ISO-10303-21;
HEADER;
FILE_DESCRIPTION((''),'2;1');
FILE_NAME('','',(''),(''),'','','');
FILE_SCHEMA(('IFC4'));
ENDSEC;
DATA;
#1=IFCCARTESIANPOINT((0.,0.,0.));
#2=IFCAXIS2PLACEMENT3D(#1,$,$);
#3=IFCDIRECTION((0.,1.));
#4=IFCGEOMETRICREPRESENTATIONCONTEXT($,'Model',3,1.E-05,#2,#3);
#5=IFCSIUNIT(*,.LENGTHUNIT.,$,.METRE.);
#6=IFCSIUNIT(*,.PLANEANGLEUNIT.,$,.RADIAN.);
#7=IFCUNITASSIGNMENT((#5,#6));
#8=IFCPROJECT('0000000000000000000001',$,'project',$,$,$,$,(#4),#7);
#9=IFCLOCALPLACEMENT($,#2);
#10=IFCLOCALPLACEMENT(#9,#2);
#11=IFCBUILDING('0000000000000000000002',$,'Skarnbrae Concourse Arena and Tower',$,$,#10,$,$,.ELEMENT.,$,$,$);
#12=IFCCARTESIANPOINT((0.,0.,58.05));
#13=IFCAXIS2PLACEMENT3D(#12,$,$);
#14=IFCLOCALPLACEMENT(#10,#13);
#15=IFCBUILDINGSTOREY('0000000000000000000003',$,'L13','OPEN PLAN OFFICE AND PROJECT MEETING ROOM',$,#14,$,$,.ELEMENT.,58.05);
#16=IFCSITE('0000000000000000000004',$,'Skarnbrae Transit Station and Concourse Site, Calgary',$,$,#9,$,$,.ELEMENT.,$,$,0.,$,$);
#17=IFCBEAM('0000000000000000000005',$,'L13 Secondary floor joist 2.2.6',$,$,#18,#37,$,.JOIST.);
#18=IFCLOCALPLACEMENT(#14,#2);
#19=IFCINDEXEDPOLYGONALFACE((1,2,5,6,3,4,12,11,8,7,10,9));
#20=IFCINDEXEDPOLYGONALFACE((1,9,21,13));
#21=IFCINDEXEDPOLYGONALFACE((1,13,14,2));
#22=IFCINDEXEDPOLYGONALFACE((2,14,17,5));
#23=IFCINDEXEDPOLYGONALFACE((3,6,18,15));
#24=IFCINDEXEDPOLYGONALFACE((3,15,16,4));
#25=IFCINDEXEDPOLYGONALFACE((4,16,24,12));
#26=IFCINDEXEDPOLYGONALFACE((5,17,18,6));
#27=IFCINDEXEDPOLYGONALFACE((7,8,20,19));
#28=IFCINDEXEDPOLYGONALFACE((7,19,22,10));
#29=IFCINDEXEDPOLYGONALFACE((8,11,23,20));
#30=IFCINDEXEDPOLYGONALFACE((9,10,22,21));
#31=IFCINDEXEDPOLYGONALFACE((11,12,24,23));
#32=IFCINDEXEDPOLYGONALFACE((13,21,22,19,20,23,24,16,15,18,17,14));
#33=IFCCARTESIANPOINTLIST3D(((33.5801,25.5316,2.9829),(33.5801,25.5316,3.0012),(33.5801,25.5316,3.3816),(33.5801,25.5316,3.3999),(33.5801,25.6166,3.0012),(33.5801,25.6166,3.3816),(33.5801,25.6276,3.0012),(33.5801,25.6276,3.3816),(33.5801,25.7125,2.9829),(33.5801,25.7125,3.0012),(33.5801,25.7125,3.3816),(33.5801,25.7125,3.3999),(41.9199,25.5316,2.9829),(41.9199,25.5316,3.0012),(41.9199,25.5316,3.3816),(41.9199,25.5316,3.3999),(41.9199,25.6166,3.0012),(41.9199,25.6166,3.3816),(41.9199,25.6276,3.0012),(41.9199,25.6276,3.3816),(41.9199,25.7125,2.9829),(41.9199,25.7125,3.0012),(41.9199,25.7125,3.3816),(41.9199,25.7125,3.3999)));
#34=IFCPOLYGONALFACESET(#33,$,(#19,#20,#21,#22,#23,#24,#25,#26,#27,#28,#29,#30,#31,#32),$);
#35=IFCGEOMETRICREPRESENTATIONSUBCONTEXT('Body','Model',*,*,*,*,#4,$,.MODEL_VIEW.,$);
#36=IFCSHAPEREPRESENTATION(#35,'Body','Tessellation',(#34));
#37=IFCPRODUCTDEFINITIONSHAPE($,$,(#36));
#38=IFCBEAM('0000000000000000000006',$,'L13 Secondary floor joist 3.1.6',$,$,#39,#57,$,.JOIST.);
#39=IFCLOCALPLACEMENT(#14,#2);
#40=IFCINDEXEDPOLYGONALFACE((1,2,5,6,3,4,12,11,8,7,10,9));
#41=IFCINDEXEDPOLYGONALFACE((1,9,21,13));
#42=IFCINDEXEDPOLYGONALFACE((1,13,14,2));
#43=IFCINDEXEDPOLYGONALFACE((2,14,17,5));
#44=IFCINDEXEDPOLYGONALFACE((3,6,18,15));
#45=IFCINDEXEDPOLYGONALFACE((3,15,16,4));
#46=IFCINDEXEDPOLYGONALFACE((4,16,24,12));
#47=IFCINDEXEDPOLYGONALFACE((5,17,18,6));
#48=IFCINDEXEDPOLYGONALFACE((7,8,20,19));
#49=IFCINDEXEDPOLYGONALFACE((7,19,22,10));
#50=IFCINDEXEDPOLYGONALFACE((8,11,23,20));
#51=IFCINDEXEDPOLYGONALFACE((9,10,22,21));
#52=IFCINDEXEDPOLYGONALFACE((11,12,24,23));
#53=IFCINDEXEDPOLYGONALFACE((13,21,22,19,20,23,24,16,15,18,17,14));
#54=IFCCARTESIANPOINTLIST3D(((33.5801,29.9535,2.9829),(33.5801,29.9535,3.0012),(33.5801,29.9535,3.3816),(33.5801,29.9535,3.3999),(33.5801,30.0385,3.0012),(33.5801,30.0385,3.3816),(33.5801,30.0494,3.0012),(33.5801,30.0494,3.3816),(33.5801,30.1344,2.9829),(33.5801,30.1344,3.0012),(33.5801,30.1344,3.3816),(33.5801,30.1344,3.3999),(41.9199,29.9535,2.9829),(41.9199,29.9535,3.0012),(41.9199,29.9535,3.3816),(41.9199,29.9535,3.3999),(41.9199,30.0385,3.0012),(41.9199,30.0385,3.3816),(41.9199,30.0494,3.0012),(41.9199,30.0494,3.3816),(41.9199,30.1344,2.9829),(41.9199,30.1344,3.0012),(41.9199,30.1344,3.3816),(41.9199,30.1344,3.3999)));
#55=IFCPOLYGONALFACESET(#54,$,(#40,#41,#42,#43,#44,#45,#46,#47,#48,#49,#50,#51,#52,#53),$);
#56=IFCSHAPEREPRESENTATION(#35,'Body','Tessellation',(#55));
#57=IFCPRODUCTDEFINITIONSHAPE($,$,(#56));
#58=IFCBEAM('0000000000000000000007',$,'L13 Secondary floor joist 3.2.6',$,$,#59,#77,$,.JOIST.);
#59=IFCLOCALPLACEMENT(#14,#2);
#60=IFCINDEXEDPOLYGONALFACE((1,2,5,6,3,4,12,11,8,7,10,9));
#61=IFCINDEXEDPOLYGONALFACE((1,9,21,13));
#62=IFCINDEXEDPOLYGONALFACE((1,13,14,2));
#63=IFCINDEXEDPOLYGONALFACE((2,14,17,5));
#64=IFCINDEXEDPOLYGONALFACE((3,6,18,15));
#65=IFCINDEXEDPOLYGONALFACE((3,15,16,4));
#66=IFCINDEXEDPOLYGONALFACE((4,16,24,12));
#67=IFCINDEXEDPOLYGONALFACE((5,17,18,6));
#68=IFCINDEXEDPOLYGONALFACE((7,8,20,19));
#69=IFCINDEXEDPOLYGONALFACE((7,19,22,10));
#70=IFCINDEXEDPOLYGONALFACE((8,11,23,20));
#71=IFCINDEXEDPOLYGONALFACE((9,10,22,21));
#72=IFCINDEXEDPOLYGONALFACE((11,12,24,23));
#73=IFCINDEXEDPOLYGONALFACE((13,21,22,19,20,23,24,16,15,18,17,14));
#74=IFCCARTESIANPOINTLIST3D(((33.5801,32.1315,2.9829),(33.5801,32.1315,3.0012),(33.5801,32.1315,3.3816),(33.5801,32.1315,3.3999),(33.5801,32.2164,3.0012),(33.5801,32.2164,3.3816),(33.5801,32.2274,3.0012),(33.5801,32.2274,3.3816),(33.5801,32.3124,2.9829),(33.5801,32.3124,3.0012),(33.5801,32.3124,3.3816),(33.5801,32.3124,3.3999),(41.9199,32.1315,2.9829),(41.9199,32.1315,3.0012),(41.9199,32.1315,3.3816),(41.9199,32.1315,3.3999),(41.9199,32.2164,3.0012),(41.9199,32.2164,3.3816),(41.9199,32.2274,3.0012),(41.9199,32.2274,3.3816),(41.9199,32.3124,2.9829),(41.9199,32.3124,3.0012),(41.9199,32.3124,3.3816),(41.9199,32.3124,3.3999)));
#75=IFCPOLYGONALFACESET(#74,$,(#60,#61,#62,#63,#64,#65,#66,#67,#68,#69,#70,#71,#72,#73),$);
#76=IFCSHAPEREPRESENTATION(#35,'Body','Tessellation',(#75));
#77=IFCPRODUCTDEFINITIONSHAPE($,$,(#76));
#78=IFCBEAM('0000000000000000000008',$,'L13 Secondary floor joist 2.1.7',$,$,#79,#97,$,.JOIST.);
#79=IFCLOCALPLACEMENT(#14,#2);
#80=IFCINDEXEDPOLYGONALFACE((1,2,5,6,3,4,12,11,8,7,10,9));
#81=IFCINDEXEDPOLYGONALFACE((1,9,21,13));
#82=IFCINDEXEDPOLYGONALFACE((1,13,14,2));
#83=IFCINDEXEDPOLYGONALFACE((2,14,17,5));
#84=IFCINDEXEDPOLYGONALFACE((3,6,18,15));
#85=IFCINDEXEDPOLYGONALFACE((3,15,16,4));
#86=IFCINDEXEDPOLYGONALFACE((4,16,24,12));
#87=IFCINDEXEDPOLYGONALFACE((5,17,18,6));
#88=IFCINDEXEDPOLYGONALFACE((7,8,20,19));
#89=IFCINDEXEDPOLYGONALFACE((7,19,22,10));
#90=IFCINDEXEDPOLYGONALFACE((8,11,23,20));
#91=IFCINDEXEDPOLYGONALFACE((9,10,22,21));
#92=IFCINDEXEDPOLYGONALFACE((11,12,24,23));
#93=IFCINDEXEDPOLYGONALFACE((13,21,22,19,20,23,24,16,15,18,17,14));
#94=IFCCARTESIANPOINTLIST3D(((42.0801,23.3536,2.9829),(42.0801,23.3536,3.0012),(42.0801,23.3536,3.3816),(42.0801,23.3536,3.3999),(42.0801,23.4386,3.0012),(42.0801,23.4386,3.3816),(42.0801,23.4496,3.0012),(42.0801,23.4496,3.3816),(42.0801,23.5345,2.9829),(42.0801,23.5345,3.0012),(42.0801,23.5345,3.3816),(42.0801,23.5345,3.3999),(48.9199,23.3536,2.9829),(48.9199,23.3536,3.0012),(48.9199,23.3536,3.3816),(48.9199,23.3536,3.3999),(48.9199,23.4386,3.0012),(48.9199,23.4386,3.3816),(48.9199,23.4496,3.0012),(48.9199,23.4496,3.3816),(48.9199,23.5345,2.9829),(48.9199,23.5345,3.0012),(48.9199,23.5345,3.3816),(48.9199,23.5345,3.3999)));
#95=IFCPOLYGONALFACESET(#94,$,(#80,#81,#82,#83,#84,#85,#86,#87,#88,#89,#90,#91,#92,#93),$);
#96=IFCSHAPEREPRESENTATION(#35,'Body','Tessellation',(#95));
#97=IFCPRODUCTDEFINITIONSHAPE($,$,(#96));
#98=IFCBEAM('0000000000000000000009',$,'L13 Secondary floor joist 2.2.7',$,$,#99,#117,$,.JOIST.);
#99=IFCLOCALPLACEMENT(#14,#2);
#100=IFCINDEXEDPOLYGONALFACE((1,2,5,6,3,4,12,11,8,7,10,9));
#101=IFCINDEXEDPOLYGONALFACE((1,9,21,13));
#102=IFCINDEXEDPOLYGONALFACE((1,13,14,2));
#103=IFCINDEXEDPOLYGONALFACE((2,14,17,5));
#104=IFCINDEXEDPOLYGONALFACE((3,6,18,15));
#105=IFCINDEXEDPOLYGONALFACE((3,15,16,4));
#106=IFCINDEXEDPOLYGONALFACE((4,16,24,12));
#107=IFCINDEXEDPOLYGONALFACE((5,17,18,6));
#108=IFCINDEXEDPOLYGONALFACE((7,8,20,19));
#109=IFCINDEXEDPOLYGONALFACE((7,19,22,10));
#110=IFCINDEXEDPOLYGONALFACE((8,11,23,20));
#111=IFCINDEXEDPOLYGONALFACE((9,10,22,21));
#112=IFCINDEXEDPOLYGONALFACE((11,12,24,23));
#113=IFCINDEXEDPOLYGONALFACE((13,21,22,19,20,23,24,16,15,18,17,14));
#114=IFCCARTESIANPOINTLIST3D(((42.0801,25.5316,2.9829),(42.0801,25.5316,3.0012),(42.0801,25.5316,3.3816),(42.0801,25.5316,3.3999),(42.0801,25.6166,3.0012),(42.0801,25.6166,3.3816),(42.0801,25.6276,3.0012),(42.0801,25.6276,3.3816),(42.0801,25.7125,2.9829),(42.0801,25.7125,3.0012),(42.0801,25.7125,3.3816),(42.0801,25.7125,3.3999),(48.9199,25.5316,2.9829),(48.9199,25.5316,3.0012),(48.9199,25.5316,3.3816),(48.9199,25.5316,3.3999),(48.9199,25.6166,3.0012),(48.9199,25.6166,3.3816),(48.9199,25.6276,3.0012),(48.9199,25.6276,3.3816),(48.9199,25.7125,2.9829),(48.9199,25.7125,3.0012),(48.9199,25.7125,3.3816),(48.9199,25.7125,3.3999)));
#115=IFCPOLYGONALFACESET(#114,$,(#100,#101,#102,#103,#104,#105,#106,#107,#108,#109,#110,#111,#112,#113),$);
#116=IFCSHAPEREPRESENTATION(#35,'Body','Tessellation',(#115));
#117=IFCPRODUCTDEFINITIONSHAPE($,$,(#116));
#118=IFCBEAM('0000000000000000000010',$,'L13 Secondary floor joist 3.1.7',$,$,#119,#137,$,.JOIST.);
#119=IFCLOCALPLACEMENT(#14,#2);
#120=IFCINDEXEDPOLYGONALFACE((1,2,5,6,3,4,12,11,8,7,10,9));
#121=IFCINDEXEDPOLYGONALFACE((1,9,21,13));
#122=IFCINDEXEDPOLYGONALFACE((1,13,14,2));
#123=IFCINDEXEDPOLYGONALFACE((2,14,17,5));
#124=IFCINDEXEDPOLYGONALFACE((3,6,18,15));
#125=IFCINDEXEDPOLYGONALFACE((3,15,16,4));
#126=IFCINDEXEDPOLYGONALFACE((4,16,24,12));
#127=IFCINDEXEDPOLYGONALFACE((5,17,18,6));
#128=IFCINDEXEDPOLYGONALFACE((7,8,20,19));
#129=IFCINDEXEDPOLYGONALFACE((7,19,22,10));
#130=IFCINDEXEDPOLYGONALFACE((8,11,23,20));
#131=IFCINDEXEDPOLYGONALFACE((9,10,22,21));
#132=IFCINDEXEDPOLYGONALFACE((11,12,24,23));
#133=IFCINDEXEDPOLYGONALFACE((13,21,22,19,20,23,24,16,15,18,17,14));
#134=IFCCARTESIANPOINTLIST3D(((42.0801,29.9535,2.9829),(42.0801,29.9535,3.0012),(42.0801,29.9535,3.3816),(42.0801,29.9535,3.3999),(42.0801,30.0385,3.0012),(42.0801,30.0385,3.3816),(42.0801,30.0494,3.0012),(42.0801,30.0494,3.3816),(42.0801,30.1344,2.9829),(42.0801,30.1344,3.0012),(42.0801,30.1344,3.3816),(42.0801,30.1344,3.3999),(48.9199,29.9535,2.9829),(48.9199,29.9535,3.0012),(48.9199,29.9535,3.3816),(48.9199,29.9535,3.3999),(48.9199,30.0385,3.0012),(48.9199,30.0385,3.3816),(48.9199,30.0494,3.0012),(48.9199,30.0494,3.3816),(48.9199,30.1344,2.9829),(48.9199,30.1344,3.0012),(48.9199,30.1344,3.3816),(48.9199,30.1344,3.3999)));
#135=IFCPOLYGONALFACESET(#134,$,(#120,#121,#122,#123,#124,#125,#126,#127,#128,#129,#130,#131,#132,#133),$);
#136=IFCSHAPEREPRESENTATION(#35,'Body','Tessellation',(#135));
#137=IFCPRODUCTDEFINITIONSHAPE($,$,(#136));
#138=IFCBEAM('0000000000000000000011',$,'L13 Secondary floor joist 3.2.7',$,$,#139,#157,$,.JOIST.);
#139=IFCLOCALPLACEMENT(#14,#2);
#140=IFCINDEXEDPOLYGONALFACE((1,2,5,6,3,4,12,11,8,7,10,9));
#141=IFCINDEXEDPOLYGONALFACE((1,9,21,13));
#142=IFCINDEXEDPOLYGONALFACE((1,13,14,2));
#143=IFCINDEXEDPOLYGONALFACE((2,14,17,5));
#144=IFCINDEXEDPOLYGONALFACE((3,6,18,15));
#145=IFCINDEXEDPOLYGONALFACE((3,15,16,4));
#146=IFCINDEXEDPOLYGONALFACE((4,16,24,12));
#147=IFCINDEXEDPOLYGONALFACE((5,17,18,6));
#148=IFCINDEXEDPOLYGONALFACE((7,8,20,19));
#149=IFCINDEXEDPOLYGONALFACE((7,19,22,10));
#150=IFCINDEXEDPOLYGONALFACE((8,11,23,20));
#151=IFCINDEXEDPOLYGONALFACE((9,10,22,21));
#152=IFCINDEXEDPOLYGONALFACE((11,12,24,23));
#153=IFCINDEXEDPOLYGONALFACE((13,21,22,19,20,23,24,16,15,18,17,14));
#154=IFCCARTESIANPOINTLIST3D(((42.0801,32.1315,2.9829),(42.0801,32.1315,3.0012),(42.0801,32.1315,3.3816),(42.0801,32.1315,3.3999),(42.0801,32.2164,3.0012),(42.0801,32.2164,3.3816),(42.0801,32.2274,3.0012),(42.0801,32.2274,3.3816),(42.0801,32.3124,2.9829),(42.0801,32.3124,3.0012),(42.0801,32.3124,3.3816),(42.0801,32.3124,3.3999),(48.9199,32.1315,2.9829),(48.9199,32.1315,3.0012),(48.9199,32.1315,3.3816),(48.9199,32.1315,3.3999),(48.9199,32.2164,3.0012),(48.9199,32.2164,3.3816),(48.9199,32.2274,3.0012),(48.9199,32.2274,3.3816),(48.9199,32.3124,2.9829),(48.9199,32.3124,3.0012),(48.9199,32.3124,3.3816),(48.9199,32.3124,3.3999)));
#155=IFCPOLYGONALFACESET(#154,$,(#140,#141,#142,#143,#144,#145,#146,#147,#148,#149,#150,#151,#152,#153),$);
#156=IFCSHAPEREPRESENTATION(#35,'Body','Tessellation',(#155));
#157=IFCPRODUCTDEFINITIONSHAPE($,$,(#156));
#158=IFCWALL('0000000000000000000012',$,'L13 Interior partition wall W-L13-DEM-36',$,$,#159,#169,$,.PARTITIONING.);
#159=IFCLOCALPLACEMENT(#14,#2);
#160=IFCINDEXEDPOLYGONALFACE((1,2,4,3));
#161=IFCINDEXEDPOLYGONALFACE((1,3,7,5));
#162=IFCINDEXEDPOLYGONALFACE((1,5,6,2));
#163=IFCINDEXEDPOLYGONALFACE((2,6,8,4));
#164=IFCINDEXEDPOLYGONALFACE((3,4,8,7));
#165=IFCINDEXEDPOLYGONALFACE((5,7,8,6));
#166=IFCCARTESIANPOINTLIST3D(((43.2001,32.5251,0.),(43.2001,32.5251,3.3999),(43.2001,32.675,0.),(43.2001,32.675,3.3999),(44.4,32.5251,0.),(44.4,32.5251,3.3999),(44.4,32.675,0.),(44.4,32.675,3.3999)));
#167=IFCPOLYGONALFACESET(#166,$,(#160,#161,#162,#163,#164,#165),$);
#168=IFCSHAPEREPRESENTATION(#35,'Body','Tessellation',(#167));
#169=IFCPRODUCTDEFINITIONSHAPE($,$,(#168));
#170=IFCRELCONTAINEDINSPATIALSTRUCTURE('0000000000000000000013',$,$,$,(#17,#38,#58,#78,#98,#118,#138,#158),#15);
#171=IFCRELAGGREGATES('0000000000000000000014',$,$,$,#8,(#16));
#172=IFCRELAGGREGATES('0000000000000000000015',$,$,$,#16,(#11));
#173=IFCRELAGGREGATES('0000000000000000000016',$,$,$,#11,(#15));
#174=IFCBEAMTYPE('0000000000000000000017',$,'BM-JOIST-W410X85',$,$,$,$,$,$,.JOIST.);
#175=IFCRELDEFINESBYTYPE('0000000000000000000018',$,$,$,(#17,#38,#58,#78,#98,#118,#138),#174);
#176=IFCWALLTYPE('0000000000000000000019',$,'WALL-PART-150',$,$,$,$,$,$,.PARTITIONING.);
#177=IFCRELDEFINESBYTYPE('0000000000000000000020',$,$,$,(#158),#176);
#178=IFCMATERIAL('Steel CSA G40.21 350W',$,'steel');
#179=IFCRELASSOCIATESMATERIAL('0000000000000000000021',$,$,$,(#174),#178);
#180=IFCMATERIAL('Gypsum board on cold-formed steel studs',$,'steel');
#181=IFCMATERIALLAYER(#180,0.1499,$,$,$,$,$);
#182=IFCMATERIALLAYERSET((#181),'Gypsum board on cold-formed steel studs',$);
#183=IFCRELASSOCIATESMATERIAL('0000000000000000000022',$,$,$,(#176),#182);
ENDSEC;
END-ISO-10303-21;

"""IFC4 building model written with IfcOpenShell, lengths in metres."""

from ifc_helpers import new_model, si_unit, direction, frame, frame_2d, origin, origin_2d, place, context, subcontext, project, spatial, rectangle, i_section, extrude, source, transform, mapped, material, layer, layer_set, material_profile, profile_set, type_object, element, save


model = new_model("IFC4")

# Units and contexts
model_context = context("Model", 3, precision=1e-05, world=origin(), true_north=direction((0.0, 1.0)))
body_context = subcontext(model_context, "Body", "Model", "MODEL_VIEW")
ifc_project = project(units=[si_unit("LENGTHUNIT", "METRE"), si_unit("PLANEANGLEUNIT", "RADIAN")], contexts=[model_context])

# Site, building, storey
site_placement = place(None, origin())
site = spatial("IfcSite", under=ifc_project, at=site_placement, Name="Skarnbrae Transit Station and Concourse Site, Calgary", CompositionType="ELEMENT", RefElevation=0.0)
building_placement = place(site_placement, origin())
building = spatial("IfcBuilding", under=site, at=building_placement, Name="Skarnbrae Concourse Arena and Tower", CompositionType="ELEMENT")
storey_placement = place(building_placement, frame((0.0, 0.0, 58.05)))
storey = spatial("IfcBuildingStorey", under=building, at=storey_placement, Name="L13", Description="OPEN PLAN OFFICE AND PROJECT MEETING ROOM", CompositionType="ELEMENT", Elevation=58.05)

# Shared definitions
ifc_material_1 = material(Name="Steel CSA G40.21 350W", Category="steel")

# Beams
ifc_material_profile_1 = material_profile(ifc_material_1, i_section(OverallWidth=0.1809, OverallDepth=0.417, WebThickness=0.011, FlangeThickness=0.0183, at=origin_2d()), Name="W410X85")
ifc_profile_set_1 = profile_set([ifc_material_profile_1], Name="Steel CSA G40.21 350W")
beam_type_1 = type_object("IfcBeamType", Name="BM-JOIST-W410X85", PredefinedType="JOIST", material=ifc_profile_set_1)
shared_shape_1 = source(origin(), body_context, "Body", "SweptSolid", [
    extrude(i_section(OverallWidth=0.1809, OverallDepth=0.417, WebThickness=0.011, FlangeThickness=0.0183, at=origin_2d()), origin(), (0.0, 0.0, 1.0), 8.3398),
])
for number, where, z_axis, x_axis, name in (
    (1, (33.5801, 25.6221, 3.1914), (1.0, 0.0, 0.0), (0.0, 1.0, 0.0), "L13 Secondary floor joist 2.2.6"),
    (2, (33.5801, 30.0439, 3.1914), (1.0, 0.0, 0.0), (0.0, 1.0, 0.0), "L13 Secondary floor joist 3.1.6"),
    (3, (33.5801, 32.2219, 3.1914), (1.0, 0.0, 0.0), (0.0, 1.0, 0.0), "L13 Secondary floor joist 3.2.6"),
):
    element("IfcBeam", number, at=place(storey_placement, frame(where, z_axis=z_axis, x_axis=x_axis)), inside=storey, type_object=beam_type_1, Name=name, PredefinedType="JOIST", context=body_context, shape_type="MappedRepresentation", body=[
        mapped(shared_shape_1, transform((0.0, 0.0, 0.0))),
    ])
shared_shape_2 = source(origin(), body_context, "Body", "SweptSolid", [
    extrude(i_section(OverallWidth=0.1809, OverallDepth=0.417, WebThickness=0.011, FlangeThickness=0.0183, at=origin_2d()), origin(), (0.0, 0.0, 1.0), 6.8398),
])
for number, where, z_axis, x_axis, name in (
    (4, (42.0801, 23.4441, 3.1914), (1.0, 0.0, 0.0), (0.0, 1.0, 0.0), "L13 Secondary floor joist 2.1.7"),
    (5, (42.0801, 25.6221, 3.1914), (1.0, 0.0, 0.0), (0.0, 1.0, 0.0), "L13 Secondary floor joist 2.2.7"),
    (6, (42.0801, 30.0439, 3.1914), (1.0, 0.0, 0.0), (0.0, 1.0, 0.0), "L13 Secondary floor joist 3.1.7"),
    (7, (42.0801, 32.2219, 3.1914), (1.0, 0.0, 0.0), (0.0, 1.0, 0.0), "L13 Secondary floor joist 3.2.7"),
):
    element("IfcBeam", number, at=place(storey_placement, frame(where, z_axis=z_axis, x_axis=x_axis)), inside=storey, type_object=beam_type_1, Name=name, PredefinedType="JOIST", context=body_context, shape_type="MappedRepresentation", body=[
        mapped(shared_shape_2, transform((0.0, 0.0, 0.0))),
    ])

# Wall
ifc_material_2 = material(Name="Gypsum board on cold-formed steel studs", Category="steel")
ifc_layer = layer(ifc_material_2, 0.1499)
ifc_layer_set = layer_set([ifc_layer], Name="Gypsum board on cold-formed steel studs")
wall_type = type_object("IfcWallType", Name="WALL-PART-150", PredefinedType="PARTITIONING", material=ifc_layer_set)
shared_shape_3 = source(origin(), body_context, "Body", "SweptSolid", [
    extrude(rectangle(XDim=1.2, YDim=0.1499, at=frame_2d((0.6001, 0.0))), origin(), (0.0, 0.0, 1.0), 3.3999),
])
wall_placement = place(storey_placement, frame((43.2, 32.6001, 0.0), z_axis=(0.0, 0.0, 1.0), x_axis=(1.0, 0.0, 0.0)))
element("IfcWall", 8, at=wall_placement, inside=storey, type_object=wall_type, Name="L13 Interior partition wall W-L13-DEM-36", PredefinedType="PARTITIONING", context=body_context, shape_type="MappedRepresentation", body=[
    mapped(shared_shape_3, transform((0.0, 0.0, 0.0))),
])

save(model, "model.ifc")
